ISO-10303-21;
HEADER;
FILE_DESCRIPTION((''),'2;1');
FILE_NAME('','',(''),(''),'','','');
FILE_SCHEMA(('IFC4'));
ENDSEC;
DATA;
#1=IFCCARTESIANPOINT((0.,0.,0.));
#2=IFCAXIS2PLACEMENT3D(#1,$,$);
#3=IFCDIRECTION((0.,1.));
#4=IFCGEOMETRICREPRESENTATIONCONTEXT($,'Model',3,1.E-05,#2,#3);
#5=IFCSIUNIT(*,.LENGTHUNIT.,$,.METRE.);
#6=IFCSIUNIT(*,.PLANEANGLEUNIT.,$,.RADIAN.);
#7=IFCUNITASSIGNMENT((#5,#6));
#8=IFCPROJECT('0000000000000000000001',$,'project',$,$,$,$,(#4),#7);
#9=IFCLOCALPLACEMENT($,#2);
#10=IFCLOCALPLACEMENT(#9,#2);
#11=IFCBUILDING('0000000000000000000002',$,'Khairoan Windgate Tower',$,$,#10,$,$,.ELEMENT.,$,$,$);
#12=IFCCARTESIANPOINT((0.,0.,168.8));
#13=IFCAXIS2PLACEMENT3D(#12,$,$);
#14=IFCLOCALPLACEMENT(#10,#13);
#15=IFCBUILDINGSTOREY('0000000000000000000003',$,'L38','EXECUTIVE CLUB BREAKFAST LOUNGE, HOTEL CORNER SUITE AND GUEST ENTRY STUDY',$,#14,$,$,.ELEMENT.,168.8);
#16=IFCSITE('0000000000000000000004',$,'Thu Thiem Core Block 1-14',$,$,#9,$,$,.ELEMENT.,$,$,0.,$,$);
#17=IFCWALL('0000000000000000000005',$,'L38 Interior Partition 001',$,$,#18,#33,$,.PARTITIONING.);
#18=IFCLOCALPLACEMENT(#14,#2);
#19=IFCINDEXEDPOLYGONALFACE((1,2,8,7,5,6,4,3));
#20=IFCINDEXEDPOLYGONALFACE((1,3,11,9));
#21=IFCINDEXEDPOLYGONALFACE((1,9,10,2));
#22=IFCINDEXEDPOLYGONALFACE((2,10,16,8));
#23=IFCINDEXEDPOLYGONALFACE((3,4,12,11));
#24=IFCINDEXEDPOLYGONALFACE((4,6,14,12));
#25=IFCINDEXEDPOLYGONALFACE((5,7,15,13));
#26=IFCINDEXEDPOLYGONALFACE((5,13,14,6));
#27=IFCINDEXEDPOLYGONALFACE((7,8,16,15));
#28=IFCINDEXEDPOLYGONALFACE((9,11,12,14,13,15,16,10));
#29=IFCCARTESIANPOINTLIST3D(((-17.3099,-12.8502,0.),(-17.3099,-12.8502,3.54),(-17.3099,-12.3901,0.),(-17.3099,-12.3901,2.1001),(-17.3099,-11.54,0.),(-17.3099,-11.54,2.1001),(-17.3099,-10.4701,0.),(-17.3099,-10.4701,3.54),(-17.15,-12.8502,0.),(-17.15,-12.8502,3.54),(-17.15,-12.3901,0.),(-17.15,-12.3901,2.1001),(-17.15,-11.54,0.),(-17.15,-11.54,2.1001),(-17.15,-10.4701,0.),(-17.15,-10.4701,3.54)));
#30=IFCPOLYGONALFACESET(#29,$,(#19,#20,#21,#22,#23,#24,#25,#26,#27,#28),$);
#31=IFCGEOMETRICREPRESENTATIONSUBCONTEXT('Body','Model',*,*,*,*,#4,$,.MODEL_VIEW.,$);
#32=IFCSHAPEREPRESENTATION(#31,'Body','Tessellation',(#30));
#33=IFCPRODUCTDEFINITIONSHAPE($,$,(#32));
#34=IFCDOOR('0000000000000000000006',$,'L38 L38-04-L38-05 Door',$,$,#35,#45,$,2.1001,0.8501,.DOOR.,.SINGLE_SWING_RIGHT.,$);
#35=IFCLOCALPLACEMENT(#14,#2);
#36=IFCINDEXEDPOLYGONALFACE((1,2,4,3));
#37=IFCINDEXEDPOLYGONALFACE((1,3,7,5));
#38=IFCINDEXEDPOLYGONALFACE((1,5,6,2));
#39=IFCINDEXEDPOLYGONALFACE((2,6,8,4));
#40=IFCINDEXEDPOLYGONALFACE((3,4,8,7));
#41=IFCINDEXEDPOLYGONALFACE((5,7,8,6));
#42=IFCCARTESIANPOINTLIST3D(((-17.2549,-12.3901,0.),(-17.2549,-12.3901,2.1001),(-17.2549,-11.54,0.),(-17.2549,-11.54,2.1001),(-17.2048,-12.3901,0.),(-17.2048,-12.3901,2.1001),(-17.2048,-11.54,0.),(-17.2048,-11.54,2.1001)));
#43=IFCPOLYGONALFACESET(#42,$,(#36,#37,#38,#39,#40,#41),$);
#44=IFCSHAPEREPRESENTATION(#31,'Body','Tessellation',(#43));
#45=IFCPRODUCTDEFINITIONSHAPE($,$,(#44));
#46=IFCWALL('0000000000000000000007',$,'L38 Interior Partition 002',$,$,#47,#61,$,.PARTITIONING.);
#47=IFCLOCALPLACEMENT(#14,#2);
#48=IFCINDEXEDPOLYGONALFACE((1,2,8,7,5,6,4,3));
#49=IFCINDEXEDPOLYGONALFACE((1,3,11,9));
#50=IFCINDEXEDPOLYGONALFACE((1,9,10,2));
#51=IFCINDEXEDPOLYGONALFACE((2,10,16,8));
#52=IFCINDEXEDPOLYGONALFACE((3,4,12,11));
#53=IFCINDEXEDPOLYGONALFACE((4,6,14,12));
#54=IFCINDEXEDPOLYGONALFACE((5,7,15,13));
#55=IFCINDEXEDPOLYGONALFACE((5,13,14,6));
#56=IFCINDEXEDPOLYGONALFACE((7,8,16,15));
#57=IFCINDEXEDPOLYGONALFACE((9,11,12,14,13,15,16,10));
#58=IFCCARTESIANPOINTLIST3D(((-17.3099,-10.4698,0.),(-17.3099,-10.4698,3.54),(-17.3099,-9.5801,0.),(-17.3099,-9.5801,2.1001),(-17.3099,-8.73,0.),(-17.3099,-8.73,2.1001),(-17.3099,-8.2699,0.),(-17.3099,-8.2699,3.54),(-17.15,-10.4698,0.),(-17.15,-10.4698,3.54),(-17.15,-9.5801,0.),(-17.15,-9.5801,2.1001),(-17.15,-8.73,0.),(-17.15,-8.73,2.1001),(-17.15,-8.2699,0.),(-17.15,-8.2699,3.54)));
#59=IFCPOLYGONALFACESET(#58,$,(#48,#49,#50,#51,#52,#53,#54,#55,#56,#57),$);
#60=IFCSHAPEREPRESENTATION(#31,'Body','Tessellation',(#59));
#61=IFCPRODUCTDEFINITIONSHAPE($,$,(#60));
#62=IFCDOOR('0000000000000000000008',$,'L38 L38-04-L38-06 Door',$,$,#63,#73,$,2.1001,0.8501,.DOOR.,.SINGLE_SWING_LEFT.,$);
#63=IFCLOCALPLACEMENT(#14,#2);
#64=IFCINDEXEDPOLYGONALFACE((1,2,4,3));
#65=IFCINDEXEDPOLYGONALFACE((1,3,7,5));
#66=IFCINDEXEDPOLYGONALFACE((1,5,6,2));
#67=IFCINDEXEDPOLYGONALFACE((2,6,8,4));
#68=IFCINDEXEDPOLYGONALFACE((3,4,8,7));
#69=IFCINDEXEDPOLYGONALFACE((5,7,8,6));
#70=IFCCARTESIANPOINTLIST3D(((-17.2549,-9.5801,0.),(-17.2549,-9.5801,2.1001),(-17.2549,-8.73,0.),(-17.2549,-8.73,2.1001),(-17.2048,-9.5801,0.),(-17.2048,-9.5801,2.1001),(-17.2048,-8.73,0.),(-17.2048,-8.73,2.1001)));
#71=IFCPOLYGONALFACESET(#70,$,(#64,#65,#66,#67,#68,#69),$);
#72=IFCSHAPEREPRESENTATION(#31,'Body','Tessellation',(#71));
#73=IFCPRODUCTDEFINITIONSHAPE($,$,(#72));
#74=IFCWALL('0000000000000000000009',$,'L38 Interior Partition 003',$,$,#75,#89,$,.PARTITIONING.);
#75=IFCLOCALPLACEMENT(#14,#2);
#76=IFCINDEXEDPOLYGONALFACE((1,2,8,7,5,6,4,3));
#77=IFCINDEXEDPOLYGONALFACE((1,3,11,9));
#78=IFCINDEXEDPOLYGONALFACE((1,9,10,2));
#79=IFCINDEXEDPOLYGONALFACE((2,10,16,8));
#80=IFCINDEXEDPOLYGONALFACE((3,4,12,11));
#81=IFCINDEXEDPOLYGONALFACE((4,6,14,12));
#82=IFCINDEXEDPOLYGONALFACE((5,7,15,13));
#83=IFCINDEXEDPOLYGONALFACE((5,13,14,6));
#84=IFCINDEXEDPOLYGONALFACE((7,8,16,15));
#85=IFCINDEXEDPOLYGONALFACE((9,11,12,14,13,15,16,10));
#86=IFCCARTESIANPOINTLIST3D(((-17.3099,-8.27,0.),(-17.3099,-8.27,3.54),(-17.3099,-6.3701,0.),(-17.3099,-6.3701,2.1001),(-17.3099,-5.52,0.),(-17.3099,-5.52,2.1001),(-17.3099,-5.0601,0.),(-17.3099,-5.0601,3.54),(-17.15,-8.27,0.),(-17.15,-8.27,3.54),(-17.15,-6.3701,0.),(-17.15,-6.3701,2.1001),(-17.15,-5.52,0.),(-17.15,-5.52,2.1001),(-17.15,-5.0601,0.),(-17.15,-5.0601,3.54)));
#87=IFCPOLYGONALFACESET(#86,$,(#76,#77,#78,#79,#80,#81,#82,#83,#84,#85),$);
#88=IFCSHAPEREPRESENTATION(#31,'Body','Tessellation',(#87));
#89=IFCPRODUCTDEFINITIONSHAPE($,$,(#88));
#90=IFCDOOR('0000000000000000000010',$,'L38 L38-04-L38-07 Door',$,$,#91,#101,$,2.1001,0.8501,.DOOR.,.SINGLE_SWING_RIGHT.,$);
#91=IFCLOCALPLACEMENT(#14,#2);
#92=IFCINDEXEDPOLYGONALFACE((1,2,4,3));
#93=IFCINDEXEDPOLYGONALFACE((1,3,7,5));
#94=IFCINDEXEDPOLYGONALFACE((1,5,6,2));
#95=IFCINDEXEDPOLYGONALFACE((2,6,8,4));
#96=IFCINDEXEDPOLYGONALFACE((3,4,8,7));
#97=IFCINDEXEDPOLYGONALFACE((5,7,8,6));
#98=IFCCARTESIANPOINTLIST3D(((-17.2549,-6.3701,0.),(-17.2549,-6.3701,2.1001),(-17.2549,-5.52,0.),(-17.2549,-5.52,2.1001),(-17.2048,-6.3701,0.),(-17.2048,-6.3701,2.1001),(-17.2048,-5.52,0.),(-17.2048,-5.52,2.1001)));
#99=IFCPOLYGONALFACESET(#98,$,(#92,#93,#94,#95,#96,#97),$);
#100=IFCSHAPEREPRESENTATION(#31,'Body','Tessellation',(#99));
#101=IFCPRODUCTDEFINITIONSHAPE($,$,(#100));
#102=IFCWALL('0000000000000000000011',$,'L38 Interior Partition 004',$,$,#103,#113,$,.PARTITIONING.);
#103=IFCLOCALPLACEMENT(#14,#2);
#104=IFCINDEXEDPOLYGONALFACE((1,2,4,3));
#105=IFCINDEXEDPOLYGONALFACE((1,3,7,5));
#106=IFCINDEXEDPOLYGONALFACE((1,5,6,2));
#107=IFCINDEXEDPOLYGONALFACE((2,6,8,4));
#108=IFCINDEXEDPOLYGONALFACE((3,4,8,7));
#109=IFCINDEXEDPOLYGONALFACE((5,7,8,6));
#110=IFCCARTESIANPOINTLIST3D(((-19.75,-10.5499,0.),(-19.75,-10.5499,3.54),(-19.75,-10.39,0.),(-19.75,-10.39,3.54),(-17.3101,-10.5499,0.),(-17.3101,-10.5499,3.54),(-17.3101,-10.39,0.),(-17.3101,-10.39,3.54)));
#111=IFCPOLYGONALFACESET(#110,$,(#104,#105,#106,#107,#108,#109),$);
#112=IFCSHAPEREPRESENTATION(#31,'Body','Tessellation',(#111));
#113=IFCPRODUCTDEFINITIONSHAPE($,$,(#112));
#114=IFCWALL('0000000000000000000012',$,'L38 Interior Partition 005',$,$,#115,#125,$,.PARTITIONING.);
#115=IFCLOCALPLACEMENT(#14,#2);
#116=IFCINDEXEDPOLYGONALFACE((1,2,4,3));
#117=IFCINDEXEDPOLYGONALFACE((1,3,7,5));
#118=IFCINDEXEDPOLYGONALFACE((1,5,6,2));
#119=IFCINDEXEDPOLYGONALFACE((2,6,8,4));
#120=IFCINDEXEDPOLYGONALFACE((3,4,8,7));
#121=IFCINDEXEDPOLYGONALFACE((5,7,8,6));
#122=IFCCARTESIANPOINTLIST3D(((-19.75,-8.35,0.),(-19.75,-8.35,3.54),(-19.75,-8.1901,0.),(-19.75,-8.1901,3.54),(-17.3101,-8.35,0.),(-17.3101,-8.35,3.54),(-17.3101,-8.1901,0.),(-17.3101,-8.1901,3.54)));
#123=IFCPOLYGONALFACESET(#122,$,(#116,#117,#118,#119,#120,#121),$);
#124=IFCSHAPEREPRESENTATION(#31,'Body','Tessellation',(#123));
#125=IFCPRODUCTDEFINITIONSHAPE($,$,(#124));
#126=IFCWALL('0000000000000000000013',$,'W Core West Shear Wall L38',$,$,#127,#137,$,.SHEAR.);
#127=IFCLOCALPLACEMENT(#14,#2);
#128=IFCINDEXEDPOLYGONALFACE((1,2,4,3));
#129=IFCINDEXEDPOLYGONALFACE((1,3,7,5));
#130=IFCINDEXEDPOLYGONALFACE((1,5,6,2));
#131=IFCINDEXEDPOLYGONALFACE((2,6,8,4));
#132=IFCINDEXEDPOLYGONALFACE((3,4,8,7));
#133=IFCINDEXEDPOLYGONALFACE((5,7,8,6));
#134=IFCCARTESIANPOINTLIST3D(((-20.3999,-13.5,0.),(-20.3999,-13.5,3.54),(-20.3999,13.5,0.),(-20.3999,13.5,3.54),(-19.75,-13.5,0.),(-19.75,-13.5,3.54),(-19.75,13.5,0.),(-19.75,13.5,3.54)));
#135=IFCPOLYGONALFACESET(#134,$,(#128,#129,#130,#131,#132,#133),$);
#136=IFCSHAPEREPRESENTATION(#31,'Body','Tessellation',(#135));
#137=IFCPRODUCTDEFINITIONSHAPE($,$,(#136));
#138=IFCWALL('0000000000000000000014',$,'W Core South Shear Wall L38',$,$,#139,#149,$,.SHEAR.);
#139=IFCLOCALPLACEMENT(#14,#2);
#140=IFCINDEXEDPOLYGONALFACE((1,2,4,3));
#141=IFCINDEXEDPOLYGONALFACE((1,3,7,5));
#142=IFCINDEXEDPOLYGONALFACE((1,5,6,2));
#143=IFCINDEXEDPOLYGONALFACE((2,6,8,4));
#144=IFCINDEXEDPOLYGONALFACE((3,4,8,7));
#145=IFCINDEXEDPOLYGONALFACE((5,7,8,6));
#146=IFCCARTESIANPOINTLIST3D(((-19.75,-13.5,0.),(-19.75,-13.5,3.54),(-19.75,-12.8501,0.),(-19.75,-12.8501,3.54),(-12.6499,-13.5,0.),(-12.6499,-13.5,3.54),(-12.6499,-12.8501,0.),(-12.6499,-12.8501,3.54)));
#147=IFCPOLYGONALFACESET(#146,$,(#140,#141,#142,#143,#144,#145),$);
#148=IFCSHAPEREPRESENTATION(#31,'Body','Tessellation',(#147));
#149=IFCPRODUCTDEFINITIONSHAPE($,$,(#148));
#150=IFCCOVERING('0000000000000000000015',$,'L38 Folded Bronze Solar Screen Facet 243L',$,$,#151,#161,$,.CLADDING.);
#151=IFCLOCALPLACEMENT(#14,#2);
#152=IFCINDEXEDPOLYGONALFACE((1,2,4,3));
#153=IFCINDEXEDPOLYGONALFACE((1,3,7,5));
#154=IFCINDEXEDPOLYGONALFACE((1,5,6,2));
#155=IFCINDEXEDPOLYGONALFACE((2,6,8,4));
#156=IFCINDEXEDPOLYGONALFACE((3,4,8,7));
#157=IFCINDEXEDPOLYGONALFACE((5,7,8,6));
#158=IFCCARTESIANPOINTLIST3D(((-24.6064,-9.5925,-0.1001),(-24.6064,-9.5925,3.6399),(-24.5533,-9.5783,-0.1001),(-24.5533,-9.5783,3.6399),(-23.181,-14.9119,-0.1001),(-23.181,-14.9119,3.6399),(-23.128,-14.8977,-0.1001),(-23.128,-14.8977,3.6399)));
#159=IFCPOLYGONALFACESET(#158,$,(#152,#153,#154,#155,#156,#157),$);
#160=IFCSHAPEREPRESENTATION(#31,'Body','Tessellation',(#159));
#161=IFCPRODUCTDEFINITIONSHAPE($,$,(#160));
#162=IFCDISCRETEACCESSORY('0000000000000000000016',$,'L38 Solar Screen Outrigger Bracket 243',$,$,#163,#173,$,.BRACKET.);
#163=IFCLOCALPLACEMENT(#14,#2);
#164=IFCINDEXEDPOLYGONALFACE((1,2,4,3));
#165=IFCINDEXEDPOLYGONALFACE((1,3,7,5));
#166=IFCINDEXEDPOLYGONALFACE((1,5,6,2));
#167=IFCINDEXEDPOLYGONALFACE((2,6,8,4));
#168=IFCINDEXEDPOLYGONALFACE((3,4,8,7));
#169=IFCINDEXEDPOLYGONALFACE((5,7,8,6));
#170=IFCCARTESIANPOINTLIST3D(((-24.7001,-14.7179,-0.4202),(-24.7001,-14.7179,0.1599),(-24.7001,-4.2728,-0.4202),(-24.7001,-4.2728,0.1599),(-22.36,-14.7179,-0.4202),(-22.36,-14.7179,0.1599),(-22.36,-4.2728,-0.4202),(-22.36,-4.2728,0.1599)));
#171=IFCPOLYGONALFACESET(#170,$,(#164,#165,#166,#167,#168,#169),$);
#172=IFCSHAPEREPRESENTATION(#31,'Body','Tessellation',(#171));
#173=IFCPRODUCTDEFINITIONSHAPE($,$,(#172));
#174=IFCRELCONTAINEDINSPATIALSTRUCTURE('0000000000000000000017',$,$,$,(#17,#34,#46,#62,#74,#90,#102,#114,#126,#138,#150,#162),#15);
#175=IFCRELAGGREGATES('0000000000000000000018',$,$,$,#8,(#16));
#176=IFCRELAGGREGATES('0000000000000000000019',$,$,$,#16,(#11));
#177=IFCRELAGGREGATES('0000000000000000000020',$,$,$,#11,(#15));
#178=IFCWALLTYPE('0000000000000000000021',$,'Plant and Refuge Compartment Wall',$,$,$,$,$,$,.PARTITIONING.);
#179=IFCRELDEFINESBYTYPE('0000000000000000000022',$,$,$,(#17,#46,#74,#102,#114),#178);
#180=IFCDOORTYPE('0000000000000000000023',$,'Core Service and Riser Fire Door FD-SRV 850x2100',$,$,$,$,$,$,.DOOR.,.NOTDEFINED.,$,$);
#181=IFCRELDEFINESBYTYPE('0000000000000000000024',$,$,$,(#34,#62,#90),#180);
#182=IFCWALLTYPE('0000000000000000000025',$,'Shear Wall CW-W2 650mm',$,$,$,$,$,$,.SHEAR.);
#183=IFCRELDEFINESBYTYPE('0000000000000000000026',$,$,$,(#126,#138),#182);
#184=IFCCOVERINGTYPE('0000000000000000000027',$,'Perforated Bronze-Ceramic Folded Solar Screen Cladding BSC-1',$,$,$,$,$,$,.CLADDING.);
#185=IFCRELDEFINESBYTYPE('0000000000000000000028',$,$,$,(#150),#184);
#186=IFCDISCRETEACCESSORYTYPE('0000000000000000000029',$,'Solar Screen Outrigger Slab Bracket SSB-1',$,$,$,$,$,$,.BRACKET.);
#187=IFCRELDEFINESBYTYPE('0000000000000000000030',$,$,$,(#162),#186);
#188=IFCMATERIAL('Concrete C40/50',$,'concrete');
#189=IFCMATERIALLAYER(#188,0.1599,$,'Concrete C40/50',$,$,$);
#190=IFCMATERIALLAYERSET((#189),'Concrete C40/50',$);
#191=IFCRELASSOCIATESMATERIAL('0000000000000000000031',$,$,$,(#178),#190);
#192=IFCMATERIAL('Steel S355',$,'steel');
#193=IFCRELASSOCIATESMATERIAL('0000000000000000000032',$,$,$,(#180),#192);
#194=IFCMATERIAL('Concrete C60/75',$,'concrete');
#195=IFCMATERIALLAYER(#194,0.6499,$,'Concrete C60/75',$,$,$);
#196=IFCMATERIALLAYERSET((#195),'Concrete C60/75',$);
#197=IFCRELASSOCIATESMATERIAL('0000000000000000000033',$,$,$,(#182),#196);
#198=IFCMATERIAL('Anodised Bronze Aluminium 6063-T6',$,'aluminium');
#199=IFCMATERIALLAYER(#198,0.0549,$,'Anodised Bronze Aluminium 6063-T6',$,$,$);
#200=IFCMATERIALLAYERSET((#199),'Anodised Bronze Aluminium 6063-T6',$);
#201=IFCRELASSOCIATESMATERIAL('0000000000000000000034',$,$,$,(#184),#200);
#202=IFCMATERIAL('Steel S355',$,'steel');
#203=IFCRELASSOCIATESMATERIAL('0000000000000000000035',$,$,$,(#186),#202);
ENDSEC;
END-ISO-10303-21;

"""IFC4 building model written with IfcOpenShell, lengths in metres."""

from ifc_helpers import new_model, si_unit, direction, frame, frame_2d, origin, origin_2d, place, context, subcontext, project, spatial, rectangle, extrude, material, layer, layer_set, type_object, element, fill, save


model = new_model("IFC4")

# Units and contexts
model_context = context("Model", 3, precision=1e-05, world=origin(), true_north=direction((0.0, 1.0)))
body_context = subcontext(model_context, "Body", "Model", "MODEL_VIEW")
ifc_project = project(units=[si_unit("LENGTHUNIT", "METRE"), si_unit("PLANEANGLEUNIT", "RADIAN")], contexts=[model_context])

# Site, building, storey
site_placement = place(None, origin())
site = spatial("IfcSite", under=ifc_project, at=site_placement, Name="Thu Thiem Core Block 1-14", CompositionType="ELEMENT", RefElevation=0.0)
building_placement = place(site_placement, origin())
building = spatial("IfcBuilding", under=site, at=building_placement, Name="Khairoan Windgate Tower", CompositionType="ELEMENT")
storey_placement = place(building_placement, frame((0.0, 0.0, 168.8)))
storey = spatial("IfcBuildingStorey", under=building, at=storey_placement, Name="L38", Description="EXECUTIVE CLUB BREAKFAST LOUNGE, HOTEL CORNER SUITE AND GUEST ENTRY STUDY", CompositionType="ELEMENT", Elevation=168.8)

# Walls, openings, doors
ifc_material_1 = material(Name="Concrete C40/50", Category="concrete")
ifc_layer_1 = layer(ifc_material_1, 0.1599, Name="Concrete C40/50")
ifc_layer_set_1 = layer_set([ifc_layer_1], Name="Concrete C40/50")
wall_type_1 = type_object("IfcWallType", Name="Plant and Refuge Compartment Wall", PredefinedType="PARTITIONING", material=ifc_layer_set_1)
wall_1_placement = place(storey_placement, frame((-17.23, -12.8501, 0.0), z_axis=(0.0, 0.0, 1.0), x_axis=(0.0, 1.0, 0.0)))
wall_1 = element("IfcWall", 1, at=wall_1_placement, inside=storey, type_object=wall_type_1, Name="L38 Interior Partition 001", PredefinedType="PARTITIONING", context=body_context, shape_type="SweptSolid", body=[
    extrude(rectangle(XDim=2.3801, YDim=0.1599, at=frame_2d((1.1899, 0.0))), origin(), (0.0, 0.0, 1.0), 3.54),
])
opening_1_placement = place(wall_1_placement, frame((0.46, 0.0, 0.0)))
opening_1 = element("IfcOpeningElement", 2, at=opening_1_placement, cuts=wall_1, PredefinedType="OPENING", context=body_context, shape_type="SweptSolid", body=[
    extrude(rectangle(XDim=0.8501, YDim=2.1001, at=frame_2d((0.425, 1.05))), frame((0.0, 0.0898, 0.0), z_axis=(0.0, -1.0, 0.0), x_axis=(1.0, 0.0, 0.0)), (0.0, 0.0, 1.0), 0.1799),
])
ifc_material_2 = material(Name="Steel S355", Category="steel")
door_type_1 = type_object("IfcDoorType", Name="Core Service and Riser Fire Door FD-SRV 850x2100", OperationType="NOTDEFINED", PredefinedType="DOOR", material=ifc_material_2)
door_1_placement = place(opening_1_placement, origin())
door_1 = element("IfcDoor", 3, at=door_1_placement, inside=storey, type_object=door_type_1, Name="L38 L38-04-L38-05 Door", OperationType="SINGLE_SWING_RIGHT", OverallHeight=2.1001, OverallWidth=0.8501, PredefinedType="DOOR", context=body_context, shape_type="SweptSolid", body=[
    extrude(rectangle(XDim=0.8501, YDim=2.1001, at=frame_2d((0.425, 1.05))), frame((0.0, 0.0249, 0.0), z_axis=(0.0, -1.0, 0.0), x_axis=(1.0, 0.0, 0.0)), (0.0, 0.0, 1.0), 0.05),
])
fill(opening_1, door_1)
wall_2_placement = place(storey_placement, frame((-17.23, -10.47, 0.0), z_axis=(0.0, 0.0, 1.0), x_axis=(0.0, 1.0, 0.0)))
wall_2 = element("IfcWall", 4, at=wall_2_placement, inside=storey, type_object=wall_type_1, Name="L38 Interior Partition 002", PredefinedType="PARTITIONING", context=body_context, shape_type="SweptSolid", body=[
    extrude(rectangle(XDim=2.2, YDim=0.1599, at=frame_2d((1.1001, 0.0))), origin(), (0.0, 0.0, 1.0), 3.54),
])
opening_2_placement = place(wall_2_placement, frame((0.8899, 0.0, 0.0)))
opening_2 = element("IfcOpeningElement", 5, at=opening_2_placement, cuts=wall_2, PredefinedType="OPENING", context=body_context, shape_type="SweptSolid", body=[
    extrude(rectangle(XDim=0.8501, YDim=2.1001, at=frame_2d((0.425, 1.05))), frame((0.0, 0.0898, 0.0), z_axis=(0.0, -1.0, 0.0), x_axis=(1.0, 0.0, 0.0)), (0.0, 0.0, 1.0), 0.1799),
])
door_2_placement = place(opening_2_placement, origin())
door_2 = element("IfcDoor", 6, at=door_2_placement, inside=storey, type_object=door_type_1, Name="L38 L38-04-L38-06 Door", OperationType="SINGLE_SWING_LEFT", OverallHeight=2.1001, OverallWidth=0.8501, PredefinedType="DOOR", context=body_context, shape_type="SweptSolid", body=[
    extrude(rectangle(XDim=0.8501, YDim=2.1001, at=frame_2d((0.425, 1.05))), frame((0.0, 0.0249, 0.0), z_axis=(0.0, -1.0, 0.0), x_axis=(1.0, 0.0, 0.0)), (0.0, 0.0, 1.0), 0.05),
])
fill(opening_2, door_2)
wall_3_placement = place(storey_placement, frame((-17.23, -8.27, 0.0), z_axis=(0.0, 0.0, 1.0), x_axis=(0.0, 1.0, 0.0)))
wall_3 = element("IfcWall", 7, at=wall_3_placement, inside=storey, type_object=wall_type_1, Name="L38 Interior Partition 003", PredefinedType="PARTITIONING", context=body_context, shape_type="SweptSolid", body=[
    extrude(rectangle(XDim=3.21, YDim=0.1599, at=frame_2d((1.605, 0.0))), origin(), (0.0, 0.0, 1.0), 3.54),
])
opening_3_placement = place(wall_3_placement, frame((1.8999, 0.0, 0.0)))
opening_3 = element("IfcOpeningElement", 8, at=opening_3_placement, cuts=wall_3, PredefinedType="OPENING", context=body_context, shape_type="SweptSolid", body=[
    extrude(rectangle(XDim=0.8501, YDim=2.1001, at=frame_2d((0.425, 1.05))), frame((0.0, 0.0898, 0.0), z_axis=(0.0, -1.0, 0.0), x_axis=(1.0, 0.0, 0.0)), (0.0, 0.0, 1.0), 0.1799),
])
door_3_placement = place(opening_3_placement, origin())
door_3 = element("IfcDoor", 9, at=door_3_placement, inside=storey, type_object=door_type_1, Name="L38 L38-04-L38-07 Door", OperationType="SINGLE_SWING_RIGHT", OverallHeight=2.1001, OverallWidth=0.8501, PredefinedType="DOOR", context=body_context, shape_type="SweptSolid", body=[
    extrude(rectangle(XDim=0.8501, YDim=2.1001, at=frame_2d((0.425, 1.05))), frame((0.0, 0.0249, 0.0), z_axis=(0.0, -1.0, 0.0), x_axis=(1.0, 0.0, 0.0)), (0.0, 0.0, 1.0), 0.05),
])
fill(opening_3, door_3)

# Walls
for number, where, z_axis, x_axis, name in (
    (10, (-19.75, -10.47, 0.0), (0.0, 0.0, 1.0), (1.0, 0.0, 0.0), "L38 Interior Partition 004"),
    (11, (-19.75, -8.27, 0.0), (0.0, 0.0, 1.0), (1.0, 0.0, 0.0), "L38 Interior Partition 005"),
):
    element("IfcWall", number, at=place(storey_placement, frame(where, z_axis=z_axis, x_axis=x_axis)), inside=storey, type_object=wall_type_1, Name=name, PredefinedType="PARTITIONING", context=body_context, shape_type="SweptSolid", body=[
        extrude(rectangle(XDim=2.4399, YDim=0.1599, at=frame_2d((1.22, 0.0))), origin(), (0.0, 0.0, 1.0), 3.54),
    ])
ifc_material_3 = material(Name="Concrete C60/75", Category="concrete")
ifc_layer_2 = layer(ifc_material_3, 0.6499, Name="Concrete C60/75")
ifc_layer_set_2 = layer_set([ifc_layer_2], Name="Concrete C60/75")
wall_type_2 = type_object("IfcWallType", Name="Shear Wall CW-W2 650mm", PredefinedType="SHEAR", material=ifc_layer_set_2)
wall_4_placement = place(storey_placement, frame((-20.075, -13.5, 0.0), z_axis=(0.0, 0.0, 1.0), x_axis=(0.0, 1.0, 0.0)))
element("IfcWall", 12, at=wall_4_placement, inside=storey, type_object=wall_type_2, Name="W Core West Shear Wall L38", PredefinedType="SHEAR", context=body_context, shape_type="SweptSolid", body=[
    extrude(rectangle(XDim=27.0, YDim=0.6499, at=frame_2d((13.5, 0.0))), origin(), (0.0, 0.0, 1.0), 3.54),
])
wall_5_placement = place(storey_placement, frame((-19.75, -13.175, 0.0), z_axis=(0.0, 0.0, 1.0), x_axis=(1.0, 0.0, 0.0)))
element("IfcWall", 13, at=wall_5_placement, inside=storey, type_object=wall_type_2, Name="W Core South Shear Wall L38", PredefinedType="SHEAR", context=body_context, shape_type="SweptSolid", body=[
    extrude(rectangle(XDim=7.1001, YDim=0.6499, at=frame_2d((3.55, 0.0))), origin(), (0.0, 0.0, 1.0), 3.54),
])

# Covering
ifc_material_4 = material(Name="Anodised Bronze Aluminium 6063-T6", Category="aluminium")
ifc_layer_3 = layer(ifc_material_4, 0.0549, Name="Anodised Bronze Aluminium 6063-T6")
ifc_layer_set_3 = layer_set([ifc_layer_3], Name="Anodised Bronze Aluminium 6063-T6")
covering_type = type_object("IfcCoveringType", Name="Perforated Bronze-Ceramic Folded Solar Screen Cladding BSC-1", PredefinedType="CLADDING", material=ifc_layer_set_3)
covering_placement = place(storey_placement, frame((-23.8672, -12.2451, -0.1001), z_axis=(0.0, 0.0, 1.0), x_axis=(-0.258819, 0.965926, 0.0)))
element("IfcCovering", 14, at=covering_placement, inside=storey, type_object=covering_type, Name="L38 Folded Bronze Solar Screen Facet 243L", PredefinedType="CLADDING", context=body_context, shape_type="SweptSolid", body=[
    extrude(rectangle(XDim=5.5071, YDim=0.0549, at=origin_2d()), origin(), (0.0, 0.0, 1.0), 3.74),
])

# Discrete accessory
ifc_material_5 = material(Name="Steel S355", Category="steel")
discrete_accessory_type = type_object("IfcDiscreteAccessoryType", Name="Solar Screen Outrigger Slab Bracket SSB-1", PredefinedType="BRACKET", material=ifc_material_5)
discrete_accessory_placement = place(storey_placement, frame((-23.53, -9.4954, -0.4202), z_axis=(0.0, 0.0, 1.0), x_axis=(0.0, 1.0, 0.0)))
element("IfcDiscreteAccessory", 15, at=discrete_accessory_placement, inside=storey, type_object=discrete_accessory_type, Name="L38 Solar Screen Outrigger Bracket 243", PredefinedType="BRACKET", context=body_context, shape_type="SweptSolid", body=[
    extrude(rectangle(XDim=10.4451, YDim=2.3401, at=origin_2d()), origin(), (0.0, 0.0, 1.0), 0.5801),
])

save(model, "model.ifc")
